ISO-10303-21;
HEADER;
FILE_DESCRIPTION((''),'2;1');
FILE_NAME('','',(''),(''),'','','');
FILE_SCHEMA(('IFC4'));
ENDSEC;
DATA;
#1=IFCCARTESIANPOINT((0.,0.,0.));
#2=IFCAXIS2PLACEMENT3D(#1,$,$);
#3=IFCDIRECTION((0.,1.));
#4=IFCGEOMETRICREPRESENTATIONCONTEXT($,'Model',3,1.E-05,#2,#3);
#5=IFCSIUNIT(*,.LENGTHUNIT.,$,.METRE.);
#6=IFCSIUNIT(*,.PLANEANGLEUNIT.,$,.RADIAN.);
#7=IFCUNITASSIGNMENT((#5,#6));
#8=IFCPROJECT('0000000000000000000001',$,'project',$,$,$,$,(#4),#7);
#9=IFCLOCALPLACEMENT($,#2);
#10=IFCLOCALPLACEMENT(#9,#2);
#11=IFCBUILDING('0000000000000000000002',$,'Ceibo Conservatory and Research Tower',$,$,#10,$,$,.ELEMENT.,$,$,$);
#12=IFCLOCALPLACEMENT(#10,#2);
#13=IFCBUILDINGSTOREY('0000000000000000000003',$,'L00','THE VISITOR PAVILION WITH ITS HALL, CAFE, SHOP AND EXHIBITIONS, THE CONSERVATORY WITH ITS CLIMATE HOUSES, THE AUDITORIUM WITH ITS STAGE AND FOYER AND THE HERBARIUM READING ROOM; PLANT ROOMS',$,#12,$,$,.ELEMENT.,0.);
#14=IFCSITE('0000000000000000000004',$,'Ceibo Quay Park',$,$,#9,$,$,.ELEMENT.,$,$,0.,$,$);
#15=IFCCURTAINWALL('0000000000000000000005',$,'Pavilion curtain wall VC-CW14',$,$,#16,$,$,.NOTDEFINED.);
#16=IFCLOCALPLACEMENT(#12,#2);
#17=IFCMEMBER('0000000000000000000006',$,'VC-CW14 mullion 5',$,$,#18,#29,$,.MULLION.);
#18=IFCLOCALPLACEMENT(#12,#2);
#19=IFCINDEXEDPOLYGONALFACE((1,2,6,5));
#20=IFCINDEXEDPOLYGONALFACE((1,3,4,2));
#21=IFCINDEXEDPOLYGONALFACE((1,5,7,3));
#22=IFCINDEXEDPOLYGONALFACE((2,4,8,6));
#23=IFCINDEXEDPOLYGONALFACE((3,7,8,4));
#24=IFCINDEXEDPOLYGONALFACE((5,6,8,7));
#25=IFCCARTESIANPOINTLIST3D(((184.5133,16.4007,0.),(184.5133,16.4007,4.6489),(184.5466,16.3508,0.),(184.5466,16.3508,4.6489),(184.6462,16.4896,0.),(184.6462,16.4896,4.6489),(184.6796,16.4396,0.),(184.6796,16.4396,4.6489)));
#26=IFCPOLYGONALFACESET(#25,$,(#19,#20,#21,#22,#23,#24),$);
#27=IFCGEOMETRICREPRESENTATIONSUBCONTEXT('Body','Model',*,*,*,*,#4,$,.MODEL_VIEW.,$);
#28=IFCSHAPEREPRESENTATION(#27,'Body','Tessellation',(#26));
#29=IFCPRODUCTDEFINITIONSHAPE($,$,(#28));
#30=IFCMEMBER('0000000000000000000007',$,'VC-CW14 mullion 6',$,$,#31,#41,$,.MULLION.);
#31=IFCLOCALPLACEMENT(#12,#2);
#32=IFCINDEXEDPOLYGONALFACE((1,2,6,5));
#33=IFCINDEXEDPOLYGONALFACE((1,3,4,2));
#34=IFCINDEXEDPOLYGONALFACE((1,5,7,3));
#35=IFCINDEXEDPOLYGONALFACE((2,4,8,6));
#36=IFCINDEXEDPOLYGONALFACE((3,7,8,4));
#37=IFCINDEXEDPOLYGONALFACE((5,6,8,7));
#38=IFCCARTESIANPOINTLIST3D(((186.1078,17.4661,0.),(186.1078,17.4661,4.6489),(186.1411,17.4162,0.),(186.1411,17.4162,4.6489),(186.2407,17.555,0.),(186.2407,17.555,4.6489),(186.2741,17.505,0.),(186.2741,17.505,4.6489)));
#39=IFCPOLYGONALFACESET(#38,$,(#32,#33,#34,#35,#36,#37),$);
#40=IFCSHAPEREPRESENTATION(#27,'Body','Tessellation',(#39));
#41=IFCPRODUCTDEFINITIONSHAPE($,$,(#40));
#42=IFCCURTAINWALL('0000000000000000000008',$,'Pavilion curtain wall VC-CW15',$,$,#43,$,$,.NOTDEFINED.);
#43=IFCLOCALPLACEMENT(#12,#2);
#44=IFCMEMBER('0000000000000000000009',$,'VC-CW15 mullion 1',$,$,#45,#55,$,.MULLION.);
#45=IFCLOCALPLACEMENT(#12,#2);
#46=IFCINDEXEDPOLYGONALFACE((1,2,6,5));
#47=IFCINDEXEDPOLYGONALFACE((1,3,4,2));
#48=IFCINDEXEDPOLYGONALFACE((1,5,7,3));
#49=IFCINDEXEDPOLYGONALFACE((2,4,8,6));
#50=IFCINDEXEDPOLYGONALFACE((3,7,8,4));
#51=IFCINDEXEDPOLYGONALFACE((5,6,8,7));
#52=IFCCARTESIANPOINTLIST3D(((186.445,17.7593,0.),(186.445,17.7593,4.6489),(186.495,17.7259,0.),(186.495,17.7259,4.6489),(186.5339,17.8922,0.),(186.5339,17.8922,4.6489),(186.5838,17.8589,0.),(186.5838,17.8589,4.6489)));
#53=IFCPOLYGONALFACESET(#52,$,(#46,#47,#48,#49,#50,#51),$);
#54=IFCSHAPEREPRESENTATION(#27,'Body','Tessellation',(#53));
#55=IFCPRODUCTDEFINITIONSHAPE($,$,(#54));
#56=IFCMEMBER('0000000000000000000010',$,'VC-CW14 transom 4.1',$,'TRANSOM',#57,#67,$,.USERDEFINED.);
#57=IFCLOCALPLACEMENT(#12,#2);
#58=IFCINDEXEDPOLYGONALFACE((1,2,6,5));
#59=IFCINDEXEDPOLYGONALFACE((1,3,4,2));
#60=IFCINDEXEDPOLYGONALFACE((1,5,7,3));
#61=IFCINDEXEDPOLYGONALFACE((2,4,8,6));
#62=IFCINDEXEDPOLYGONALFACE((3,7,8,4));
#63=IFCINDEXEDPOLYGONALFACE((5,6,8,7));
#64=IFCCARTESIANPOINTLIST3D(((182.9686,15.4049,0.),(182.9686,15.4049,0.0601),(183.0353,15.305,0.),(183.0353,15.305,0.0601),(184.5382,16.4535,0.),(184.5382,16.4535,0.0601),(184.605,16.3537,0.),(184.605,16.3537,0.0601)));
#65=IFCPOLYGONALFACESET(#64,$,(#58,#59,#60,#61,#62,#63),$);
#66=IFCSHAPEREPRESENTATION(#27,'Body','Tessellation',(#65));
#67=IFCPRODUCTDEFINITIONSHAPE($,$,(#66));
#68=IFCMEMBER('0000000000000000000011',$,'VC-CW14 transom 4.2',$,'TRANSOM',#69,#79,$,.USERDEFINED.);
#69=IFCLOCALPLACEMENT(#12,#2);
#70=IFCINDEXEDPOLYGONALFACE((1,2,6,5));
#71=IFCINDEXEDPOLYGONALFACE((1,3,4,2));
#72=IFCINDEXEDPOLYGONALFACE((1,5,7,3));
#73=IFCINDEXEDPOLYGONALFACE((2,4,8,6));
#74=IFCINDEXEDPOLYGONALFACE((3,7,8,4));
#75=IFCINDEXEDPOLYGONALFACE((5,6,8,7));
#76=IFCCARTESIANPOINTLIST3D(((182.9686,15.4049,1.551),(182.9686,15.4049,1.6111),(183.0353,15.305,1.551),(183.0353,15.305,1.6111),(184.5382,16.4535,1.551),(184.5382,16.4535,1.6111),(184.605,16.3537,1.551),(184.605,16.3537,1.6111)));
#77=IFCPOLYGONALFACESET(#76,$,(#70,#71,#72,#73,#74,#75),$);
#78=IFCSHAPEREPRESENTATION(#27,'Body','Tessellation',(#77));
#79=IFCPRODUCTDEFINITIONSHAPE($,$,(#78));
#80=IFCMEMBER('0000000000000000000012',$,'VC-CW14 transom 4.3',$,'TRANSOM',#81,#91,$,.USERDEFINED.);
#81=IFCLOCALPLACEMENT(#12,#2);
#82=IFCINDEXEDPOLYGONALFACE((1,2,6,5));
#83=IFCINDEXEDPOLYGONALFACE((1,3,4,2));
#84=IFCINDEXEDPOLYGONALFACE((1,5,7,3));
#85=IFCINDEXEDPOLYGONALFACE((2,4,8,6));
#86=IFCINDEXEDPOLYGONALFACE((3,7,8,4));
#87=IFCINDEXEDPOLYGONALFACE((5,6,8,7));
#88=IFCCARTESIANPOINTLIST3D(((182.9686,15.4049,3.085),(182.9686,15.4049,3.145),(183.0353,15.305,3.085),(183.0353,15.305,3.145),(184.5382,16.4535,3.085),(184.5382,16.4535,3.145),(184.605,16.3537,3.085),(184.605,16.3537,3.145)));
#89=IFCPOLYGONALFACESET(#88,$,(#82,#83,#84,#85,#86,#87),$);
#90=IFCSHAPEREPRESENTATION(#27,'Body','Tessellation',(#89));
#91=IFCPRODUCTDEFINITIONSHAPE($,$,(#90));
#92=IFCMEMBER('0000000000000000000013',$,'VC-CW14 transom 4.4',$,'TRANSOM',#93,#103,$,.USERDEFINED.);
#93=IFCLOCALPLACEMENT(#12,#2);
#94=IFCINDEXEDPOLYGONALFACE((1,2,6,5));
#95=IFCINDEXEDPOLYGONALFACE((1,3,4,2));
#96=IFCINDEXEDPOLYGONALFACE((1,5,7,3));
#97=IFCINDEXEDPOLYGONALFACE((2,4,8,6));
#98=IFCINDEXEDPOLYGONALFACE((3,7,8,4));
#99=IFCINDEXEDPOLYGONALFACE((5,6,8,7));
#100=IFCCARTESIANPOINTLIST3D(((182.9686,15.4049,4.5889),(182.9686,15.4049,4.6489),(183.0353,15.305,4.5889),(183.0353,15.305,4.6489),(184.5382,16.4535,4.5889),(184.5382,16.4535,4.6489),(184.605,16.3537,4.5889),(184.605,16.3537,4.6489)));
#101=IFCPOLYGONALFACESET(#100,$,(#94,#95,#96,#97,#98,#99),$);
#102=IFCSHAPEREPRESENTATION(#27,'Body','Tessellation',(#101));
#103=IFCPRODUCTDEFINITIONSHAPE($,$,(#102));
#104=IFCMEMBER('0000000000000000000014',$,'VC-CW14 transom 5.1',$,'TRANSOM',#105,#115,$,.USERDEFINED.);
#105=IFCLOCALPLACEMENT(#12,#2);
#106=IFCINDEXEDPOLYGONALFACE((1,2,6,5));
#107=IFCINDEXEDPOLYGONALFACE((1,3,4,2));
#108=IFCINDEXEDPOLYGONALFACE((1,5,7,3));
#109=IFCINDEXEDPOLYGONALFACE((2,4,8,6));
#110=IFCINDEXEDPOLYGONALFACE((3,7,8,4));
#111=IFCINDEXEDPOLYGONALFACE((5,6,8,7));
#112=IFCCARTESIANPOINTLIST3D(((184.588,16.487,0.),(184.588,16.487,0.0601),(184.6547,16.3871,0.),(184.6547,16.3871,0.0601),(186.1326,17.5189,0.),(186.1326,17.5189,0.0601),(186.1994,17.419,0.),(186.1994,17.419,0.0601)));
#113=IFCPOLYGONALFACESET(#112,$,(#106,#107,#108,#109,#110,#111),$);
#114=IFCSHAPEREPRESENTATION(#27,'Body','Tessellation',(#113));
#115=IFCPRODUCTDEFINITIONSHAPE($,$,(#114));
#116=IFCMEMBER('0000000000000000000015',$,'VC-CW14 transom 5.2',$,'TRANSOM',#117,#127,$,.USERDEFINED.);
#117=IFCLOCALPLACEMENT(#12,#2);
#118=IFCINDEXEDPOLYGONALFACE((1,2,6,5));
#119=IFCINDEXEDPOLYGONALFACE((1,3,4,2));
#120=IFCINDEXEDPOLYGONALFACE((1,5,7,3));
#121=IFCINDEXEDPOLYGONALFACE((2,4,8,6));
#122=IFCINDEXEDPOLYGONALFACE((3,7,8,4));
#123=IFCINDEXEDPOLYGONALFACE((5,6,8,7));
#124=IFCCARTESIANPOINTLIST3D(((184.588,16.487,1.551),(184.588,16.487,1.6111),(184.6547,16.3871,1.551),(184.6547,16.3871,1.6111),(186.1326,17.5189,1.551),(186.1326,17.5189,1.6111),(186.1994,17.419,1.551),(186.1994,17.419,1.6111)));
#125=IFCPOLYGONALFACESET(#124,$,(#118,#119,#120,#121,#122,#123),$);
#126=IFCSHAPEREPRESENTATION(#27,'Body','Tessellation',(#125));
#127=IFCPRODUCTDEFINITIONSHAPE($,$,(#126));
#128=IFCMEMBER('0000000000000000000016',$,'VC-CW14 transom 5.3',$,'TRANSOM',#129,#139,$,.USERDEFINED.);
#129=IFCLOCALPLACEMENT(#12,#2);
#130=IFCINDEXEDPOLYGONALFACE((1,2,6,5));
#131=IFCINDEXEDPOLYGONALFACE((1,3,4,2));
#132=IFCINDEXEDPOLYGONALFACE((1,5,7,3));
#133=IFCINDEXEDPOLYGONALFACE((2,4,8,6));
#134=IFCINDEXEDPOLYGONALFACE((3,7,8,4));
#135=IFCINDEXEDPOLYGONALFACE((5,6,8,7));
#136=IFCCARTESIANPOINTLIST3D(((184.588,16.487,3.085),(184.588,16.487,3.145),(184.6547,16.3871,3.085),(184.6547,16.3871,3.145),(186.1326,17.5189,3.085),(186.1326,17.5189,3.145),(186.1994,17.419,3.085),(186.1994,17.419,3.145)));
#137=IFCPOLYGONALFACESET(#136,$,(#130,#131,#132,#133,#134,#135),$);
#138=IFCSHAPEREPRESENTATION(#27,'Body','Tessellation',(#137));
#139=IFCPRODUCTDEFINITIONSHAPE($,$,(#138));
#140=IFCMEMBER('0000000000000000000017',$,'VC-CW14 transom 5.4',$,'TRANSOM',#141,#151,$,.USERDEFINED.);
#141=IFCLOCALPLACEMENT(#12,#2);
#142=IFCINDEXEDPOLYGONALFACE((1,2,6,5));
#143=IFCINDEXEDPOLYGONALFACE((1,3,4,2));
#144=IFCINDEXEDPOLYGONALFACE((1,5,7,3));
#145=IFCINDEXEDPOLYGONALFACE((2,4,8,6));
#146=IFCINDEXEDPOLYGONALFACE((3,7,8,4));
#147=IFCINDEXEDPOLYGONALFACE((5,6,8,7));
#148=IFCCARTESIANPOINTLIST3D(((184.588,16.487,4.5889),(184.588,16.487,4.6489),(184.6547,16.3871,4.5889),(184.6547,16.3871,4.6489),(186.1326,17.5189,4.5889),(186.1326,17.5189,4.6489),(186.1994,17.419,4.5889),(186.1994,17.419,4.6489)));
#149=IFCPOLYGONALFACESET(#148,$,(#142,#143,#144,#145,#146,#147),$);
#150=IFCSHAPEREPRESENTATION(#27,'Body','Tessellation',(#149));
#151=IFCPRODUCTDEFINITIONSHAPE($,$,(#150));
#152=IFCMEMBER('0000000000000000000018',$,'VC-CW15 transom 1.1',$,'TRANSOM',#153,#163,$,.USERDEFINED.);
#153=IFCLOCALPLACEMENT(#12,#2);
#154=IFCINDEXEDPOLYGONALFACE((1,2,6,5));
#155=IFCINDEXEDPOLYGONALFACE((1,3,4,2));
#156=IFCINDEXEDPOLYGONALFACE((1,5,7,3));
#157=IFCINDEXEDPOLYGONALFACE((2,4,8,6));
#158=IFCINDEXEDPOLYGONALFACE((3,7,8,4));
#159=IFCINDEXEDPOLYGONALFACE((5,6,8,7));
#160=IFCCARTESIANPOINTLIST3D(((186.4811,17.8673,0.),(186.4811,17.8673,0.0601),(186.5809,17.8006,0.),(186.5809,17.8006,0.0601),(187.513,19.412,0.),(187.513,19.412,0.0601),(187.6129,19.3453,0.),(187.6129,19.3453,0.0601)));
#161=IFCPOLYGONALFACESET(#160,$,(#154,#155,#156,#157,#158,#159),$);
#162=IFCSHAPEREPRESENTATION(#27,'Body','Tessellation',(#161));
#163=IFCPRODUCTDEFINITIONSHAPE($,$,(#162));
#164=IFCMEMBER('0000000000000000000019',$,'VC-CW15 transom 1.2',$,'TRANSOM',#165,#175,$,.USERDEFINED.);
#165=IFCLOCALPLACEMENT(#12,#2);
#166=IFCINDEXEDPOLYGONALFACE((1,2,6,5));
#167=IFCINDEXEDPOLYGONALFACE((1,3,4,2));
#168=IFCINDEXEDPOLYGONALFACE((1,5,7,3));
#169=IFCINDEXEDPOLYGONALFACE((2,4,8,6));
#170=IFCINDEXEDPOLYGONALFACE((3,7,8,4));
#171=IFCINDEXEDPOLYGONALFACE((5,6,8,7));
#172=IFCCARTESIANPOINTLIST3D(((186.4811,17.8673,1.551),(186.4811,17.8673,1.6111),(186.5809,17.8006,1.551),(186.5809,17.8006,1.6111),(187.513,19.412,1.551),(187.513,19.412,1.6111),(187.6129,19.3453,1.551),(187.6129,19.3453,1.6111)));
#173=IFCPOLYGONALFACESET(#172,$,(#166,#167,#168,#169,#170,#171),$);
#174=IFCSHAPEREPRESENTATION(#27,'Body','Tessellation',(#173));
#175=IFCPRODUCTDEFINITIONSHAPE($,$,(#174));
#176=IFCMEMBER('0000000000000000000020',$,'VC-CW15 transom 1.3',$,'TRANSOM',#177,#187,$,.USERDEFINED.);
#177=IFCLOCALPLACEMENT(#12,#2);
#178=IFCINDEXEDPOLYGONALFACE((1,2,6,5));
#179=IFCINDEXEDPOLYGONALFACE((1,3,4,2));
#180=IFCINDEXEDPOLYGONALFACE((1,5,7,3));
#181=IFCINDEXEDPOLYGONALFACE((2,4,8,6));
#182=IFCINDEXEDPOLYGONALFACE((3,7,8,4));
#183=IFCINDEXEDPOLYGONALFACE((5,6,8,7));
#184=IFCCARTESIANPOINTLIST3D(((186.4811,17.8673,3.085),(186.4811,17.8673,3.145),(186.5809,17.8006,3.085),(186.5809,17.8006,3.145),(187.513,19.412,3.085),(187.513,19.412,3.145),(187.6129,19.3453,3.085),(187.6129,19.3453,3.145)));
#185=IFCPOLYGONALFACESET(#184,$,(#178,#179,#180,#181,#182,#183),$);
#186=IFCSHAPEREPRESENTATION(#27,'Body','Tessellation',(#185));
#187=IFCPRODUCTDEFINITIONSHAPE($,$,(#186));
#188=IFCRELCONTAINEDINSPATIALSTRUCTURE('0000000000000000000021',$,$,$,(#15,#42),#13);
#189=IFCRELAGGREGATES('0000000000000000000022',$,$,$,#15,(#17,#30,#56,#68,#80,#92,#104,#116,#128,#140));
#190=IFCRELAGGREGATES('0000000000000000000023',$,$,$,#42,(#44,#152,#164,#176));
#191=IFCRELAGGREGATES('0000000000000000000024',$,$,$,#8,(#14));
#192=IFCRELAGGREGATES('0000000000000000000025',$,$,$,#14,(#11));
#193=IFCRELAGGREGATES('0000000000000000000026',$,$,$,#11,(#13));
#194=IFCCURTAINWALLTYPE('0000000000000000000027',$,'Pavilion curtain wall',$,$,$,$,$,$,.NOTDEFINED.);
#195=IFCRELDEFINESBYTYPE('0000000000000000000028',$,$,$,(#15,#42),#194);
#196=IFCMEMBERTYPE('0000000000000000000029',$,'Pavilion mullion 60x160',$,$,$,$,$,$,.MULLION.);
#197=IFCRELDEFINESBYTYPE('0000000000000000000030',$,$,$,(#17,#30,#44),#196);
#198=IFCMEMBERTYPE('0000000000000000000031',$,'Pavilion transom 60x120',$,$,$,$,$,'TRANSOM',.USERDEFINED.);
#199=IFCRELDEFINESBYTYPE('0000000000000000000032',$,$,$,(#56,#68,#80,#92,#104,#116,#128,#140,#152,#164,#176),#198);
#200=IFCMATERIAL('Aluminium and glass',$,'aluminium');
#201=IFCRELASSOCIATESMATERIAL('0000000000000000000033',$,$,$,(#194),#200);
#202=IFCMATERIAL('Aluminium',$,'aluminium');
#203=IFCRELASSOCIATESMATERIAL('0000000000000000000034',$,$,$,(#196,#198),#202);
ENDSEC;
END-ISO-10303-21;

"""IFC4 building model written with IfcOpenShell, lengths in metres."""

from ifc_helpers import new_model, si_unit, direction, frame, origin, origin_2d, place, context, subcontext, project, spatial, rectangle, extrude, material, material_profile, profile_set, type_object, element, aggregate, save


model = new_model("IFC4")

# Units and contexts
model_context = context("Model", 3, precision=1e-05, world=origin(), true_north=direction((0.0, 1.0)))
body_context = subcontext(model_context, "Body", "Model", "MODEL_VIEW")
ifc_project = project(units=[si_unit("LENGTHUNIT", "METRE"), si_unit("PLANEANGLEUNIT", "RADIAN")], contexts=[model_context])

# Site, building, storey
site_placement = place(None, origin())
site = spatial("IfcSite", under=ifc_project, at=site_placement, Name="Ceibo Quay Park", CompositionType="ELEMENT", RefElevation=0.0)
building_placement = place(site_placement, origin())
building = spatial("IfcBuilding", under=site, at=building_placement, Name="Ceibo Conservatory and Research Tower", CompositionType="ELEMENT")
storey_placement = place(building_placement, origin())
storey = spatial("IfcBuildingStorey", under=building, at=storey_placement, Name="L00", Description="THE VISITOR PAVILION WITH ITS HALL, CAFE, SHOP AND EXHIBITIONS, THE CONSERVATORY WITH ITS CLIMATE HOUSES, THE AUDITORIUM WITH ITS STAGE AND FOYER AND THE HERBARIUM READING ROOM; PLANT ROOMS", CompositionType="ELEMENT", Elevation=0.0)

# Curtain wall, members
ifc_material_1 = material(Name="Aluminium and glass", Category="aluminium")
curtain_wall_type = type_object("IfcCurtainWallType", Name="Pavilion curtain wall", PredefinedType="NOTDEFINED", material=ifc_material_1)
curtain_wall_1_placement = place(storey_placement, origin())
curtain_wall_1 = element("IfcCurtainWall", 1, at=curtain_wall_1_placement, inside=storey, type_object=curtain_wall_type, Name="Pavilion curtain wall VC-CW14", PredefinedType="NOTDEFINED")
ifc_material_2 = material(Name="Aluminium", Category="aluminium")
ifc_material_profile_1 = material_profile(ifc_material_2, rectangle(XDim=0.0601, YDim=0.1599, at=origin_2d()), Name="AL 60x160")
ifc_profile_set_1 = profile_set([ifc_material_profile_1], Name="Aluminium")
member_type_1 = type_object("IfcMemberType", Name="Pavilion mullion 60x160", PredefinedType="MULLION", material=ifc_profile_set_1)
member_1_placement = place(storey_placement, frame((184.5964, 16.4202, 0.0), z_axis=(0.0, 0.0, 1.0), x_axis=(-0.55557, 0.83147, 0.0)))
member_1 = element("IfcMember", 2, at=member_1_placement, type_object=member_type_1, Name="VC-CW14 mullion 5", PredefinedType="MULLION", context=body_context, shape_type="SweptSolid", body=[
    extrude(rectangle(XDim=0.0601, YDim=0.1599, at=origin_2d()), origin(), (0.0, 0.0, 1.0), 4.6489),
])
member_2_placement = place(storey_placement, frame((186.1909, 17.4856, 0.0), z_axis=(0.0, 0.0, 1.0), x_axis=(-0.55557, 0.83147, 0.0)))
member_2 = element("IfcMember", 3, at=member_2_placement, type_object=member_type_1, Name="VC-CW14 mullion 6", PredefinedType="MULLION", context=body_context, shape_type="SweptSolid", body=[
    extrude(rectangle(XDim=0.0601, YDim=0.1599, at=origin_2d()), origin(), (0.0, 0.0, 1.0), 4.6489),
])

# Curtain wall, member
curtain_wall_2_placement = place(storey_placement, origin())
curtain_wall_2 = element("IfcCurtainWall", 4, at=curtain_wall_2_placement, inside=storey, type_object=curtain_wall_type, Name="Pavilion curtain wall VC-CW15", PredefinedType="NOTDEFINED")
member_3_placement = place(storey_placement, frame((186.5144, 17.8091, 0.0), z_axis=(0.0, 0.0, 1.0), x_axis=(-0.83147, 0.55557, 0.0)))
member_3 = element("IfcMember", 5, at=member_3_placement, type_object=member_type_1, Name="VC-CW15 mullion 1", PredefinedType="MULLION", context=body_context, shape_type="SweptSolid", body=[
    extrude(rectangle(XDim=0.0601, YDim=0.1599, at=origin_2d()), origin(), (0.0, 0.0, 1.0), 4.6489),
])

# Members
ifc_material_profile_2 = material_profile(ifc_material_2, rectangle(XDim=0.1201, YDim=0.0601, at=origin_2d()), Name="AL 60x120")
ifc_profile_set_2 = profile_set([ifc_material_profile_2], Name="Aluminium")
member_type_2 = type_object("IfcMemberType", Name="Pavilion transom 60x120", ElementType="TRANSOM", PredefinedType="USERDEFINED", material=ifc_profile_set_2)
member_4_placement = place(storey_placement, frame((183.002, 15.355, 0.03), z_axis=(0.831513, 0.555506, 0.0), x_axis=(-0.555506, 0.831513, 0.0)))
member_4 = element("IfcMember", 6, at=member_4_placement, type_object=member_type_2, Name="VC-CW14 transom 4.1", ObjectType="TRANSOM", PredefinedType="USERDEFINED", context=body_context, shape_type="SweptSolid", body=[
    extrude(rectangle(XDim=0.1201, YDim=0.0601, at=origin_2d()), origin(), (0.0, 0.0, 1.0), 1.8877),
])
member_5_placement = place(storey_placement, frame((183.002, 15.355, 1.5811), z_axis=(0.831513, 0.555506, 0.0), x_axis=(-0.555506, 0.831513, 0.0)))
member_5 = element("IfcMember", 7, at=member_5_placement, type_object=member_type_2, Name="VC-CW14 transom 4.2", ObjectType="TRANSOM", PredefinedType="USERDEFINED", context=body_context, shape_type="SweptSolid", body=[
    extrude(rectangle(XDim=0.1201, YDim=0.0601, at=origin_2d()), origin(), (0.0, 0.0, 1.0), 1.8877),
])
member_6_placement = place(storey_placement, frame((183.002, 15.355, 3.115), z_axis=(0.831513, 0.555506, 0.0), x_axis=(-0.555506, 0.831513, 0.0)))
member_6 = element("IfcMember", 8, at=member_6_placement, type_object=member_type_2, Name="VC-CW14 transom 4.3", ObjectType="TRANSOM", PredefinedType="USERDEFINED", context=body_context, shape_type="SweptSolid", body=[
    extrude(rectangle(XDim=0.1201, YDim=0.0601, at=origin_2d()), origin(), (0.0, 0.0, 1.0), 1.8877),
])
member_7_placement = place(storey_placement, frame((183.002, 15.355, 4.6189), z_axis=(0.831513, 0.555506, 0.0), x_axis=(-0.555506, 0.831513, 0.0)))
member_7 = element("IfcMember", 9, at=member_7_placement, type_object=member_type_2, Name="VC-CW14 transom 4.4", ObjectType="TRANSOM", PredefinedType="USERDEFINED", context=body_context, shape_type="SweptSolid", body=[
    extrude(rectangle(XDim=0.1201, YDim=0.0601, at=origin_2d()), origin(), (0.0, 0.0, 1.0), 1.8877),
])
member_8_placement = place(storey_placement, frame((184.6213, 16.437, 0.03), z_axis=(0.831504, 0.555519, 0.0), x_axis=(-0.555519, 0.831504, 0.0)))
member_8 = element("IfcMember", 10, at=member_8_placement, type_object=member_type_2, Name="VC-CW14 transom 5.1", ObjectType="TRANSOM", PredefinedType="USERDEFINED", context=body_context, shape_type="SweptSolid", body=[
    extrude(rectangle(XDim=0.1201, YDim=0.0601, at=origin_2d()), origin(), (0.0, 0.0, 1.0), 1.8577),
])
member_9_placement = place(storey_placement, frame((184.6213, 16.437, 1.5811), z_axis=(0.831504, 0.555519, 0.0), x_axis=(-0.555519, 0.831504, 0.0)))
member_9 = element("IfcMember", 11, at=member_9_placement, type_object=member_type_2, Name="VC-CW14 transom 5.2", ObjectType="TRANSOM", PredefinedType="USERDEFINED", context=body_context, shape_type="SweptSolid", body=[
    extrude(rectangle(XDim=0.1201, YDim=0.0601, at=origin_2d()), origin(), (0.0, 0.0, 1.0), 1.8577),
])
member_10_placement = place(storey_placement, frame((184.6213, 16.437, 3.115), z_axis=(0.831504, 0.555519, 0.0), x_axis=(-0.555519, 0.831504, 0.0)))
member_10 = element("IfcMember", 12, at=member_10_placement, type_object=member_type_2, Name="VC-CW14 transom 5.3", ObjectType="TRANSOM", PredefinedType="USERDEFINED", context=body_context, shape_type="SweptSolid", body=[
    extrude(rectangle(XDim=0.1201, YDim=0.0601, at=origin_2d()), origin(), (0.0, 0.0, 1.0), 1.8577),
])
member_11_placement = place(storey_placement, frame((184.6213, 16.437, 4.6189), z_axis=(0.831504, 0.555519, 0.0), x_axis=(-0.555519, 0.831504, 0.0)))
member_11 = element("IfcMember", 13, at=member_11_placement, type_object=member_type_2, Name="VC-CW14 transom 5.4", ObjectType="TRANSOM", PredefinedType="USERDEFINED", context=body_context, shape_type="SweptSolid", body=[
    extrude(rectangle(XDim=0.1201, YDim=0.0601, at=origin_2d()), origin(), (0.0, 0.0, 1.0), 1.8577),
])
member_12_placement = place(storey_placement, frame((186.531, 17.834, 0.03), z_axis=(0.555519, 0.831504, 0.0), x_axis=(-0.831504, 0.555519, 0.0)))
member_12 = element("IfcMember", 14, at=member_12_placement, type_object=member_type_2, Name="VC-CW15 transom 1.1", ObjectType="TRANSOM", PredefinedType="USERDEFINED", context=body_context, shape_type="SweptSolid", body=[
    extrude(rectangle(XDim=0.1201, YDim=0.0601, at=origin_2d()), origin(), (0.0, 0.0, 1.0), 1.8577),
])
member_13_placement = place(storey_placement, frame((186.531, 17.834, 1.5811), z_axis=(0.555519, 0.831504, 0.0), x_axis=(-0.831504, 0.555519, 0.0)))
member_13 = element("IfcMember", 15, at=member_13_placement, type_object=member_type_2, Name="VC-CW15 transom 1.2", ObjectType="TRANSOM", PredefinedType="USERDEFINED", context=body_context, shape_type="SweptSolid", body=[
    extrude(rectangle(XDim=0.1201, YDim=0.0601, at=origin_2d()), origin(), (0.0, 0.0, 1.0), 1.8577),
])
member_14_placement = place(storey_placement, frame((186.531, 17.834, 3.115), z_axis=(0.555519, 0.831504, 0.0), x_axis=(-0.831504, 0.555519, 0.0)))
member_14 = element("IfcMember", 16, at=member_14_placement, type_object=member_type_2, Name="VC-CW15 transom 1.3", ObjectType="TRANSOM", PredefinedType="USERDEFINED", context=body_context, shape_type="SweptSolid", body=[
    extrude(rectangle(XDim=0.1201, YDim=0.0601, at=origin_2d()), origin(), (0.0, 0.0, 1.0), 1.8577),
])

aggregate(curtain_wall_1, [member_1, member_2, member_4, member_5, member_6, member_7, member_8, member_9, member_10, member_11])
aggregate(curtain_wall_2, [member_3, member_12, member_13, member_14])

save(model, "model.ifc")
